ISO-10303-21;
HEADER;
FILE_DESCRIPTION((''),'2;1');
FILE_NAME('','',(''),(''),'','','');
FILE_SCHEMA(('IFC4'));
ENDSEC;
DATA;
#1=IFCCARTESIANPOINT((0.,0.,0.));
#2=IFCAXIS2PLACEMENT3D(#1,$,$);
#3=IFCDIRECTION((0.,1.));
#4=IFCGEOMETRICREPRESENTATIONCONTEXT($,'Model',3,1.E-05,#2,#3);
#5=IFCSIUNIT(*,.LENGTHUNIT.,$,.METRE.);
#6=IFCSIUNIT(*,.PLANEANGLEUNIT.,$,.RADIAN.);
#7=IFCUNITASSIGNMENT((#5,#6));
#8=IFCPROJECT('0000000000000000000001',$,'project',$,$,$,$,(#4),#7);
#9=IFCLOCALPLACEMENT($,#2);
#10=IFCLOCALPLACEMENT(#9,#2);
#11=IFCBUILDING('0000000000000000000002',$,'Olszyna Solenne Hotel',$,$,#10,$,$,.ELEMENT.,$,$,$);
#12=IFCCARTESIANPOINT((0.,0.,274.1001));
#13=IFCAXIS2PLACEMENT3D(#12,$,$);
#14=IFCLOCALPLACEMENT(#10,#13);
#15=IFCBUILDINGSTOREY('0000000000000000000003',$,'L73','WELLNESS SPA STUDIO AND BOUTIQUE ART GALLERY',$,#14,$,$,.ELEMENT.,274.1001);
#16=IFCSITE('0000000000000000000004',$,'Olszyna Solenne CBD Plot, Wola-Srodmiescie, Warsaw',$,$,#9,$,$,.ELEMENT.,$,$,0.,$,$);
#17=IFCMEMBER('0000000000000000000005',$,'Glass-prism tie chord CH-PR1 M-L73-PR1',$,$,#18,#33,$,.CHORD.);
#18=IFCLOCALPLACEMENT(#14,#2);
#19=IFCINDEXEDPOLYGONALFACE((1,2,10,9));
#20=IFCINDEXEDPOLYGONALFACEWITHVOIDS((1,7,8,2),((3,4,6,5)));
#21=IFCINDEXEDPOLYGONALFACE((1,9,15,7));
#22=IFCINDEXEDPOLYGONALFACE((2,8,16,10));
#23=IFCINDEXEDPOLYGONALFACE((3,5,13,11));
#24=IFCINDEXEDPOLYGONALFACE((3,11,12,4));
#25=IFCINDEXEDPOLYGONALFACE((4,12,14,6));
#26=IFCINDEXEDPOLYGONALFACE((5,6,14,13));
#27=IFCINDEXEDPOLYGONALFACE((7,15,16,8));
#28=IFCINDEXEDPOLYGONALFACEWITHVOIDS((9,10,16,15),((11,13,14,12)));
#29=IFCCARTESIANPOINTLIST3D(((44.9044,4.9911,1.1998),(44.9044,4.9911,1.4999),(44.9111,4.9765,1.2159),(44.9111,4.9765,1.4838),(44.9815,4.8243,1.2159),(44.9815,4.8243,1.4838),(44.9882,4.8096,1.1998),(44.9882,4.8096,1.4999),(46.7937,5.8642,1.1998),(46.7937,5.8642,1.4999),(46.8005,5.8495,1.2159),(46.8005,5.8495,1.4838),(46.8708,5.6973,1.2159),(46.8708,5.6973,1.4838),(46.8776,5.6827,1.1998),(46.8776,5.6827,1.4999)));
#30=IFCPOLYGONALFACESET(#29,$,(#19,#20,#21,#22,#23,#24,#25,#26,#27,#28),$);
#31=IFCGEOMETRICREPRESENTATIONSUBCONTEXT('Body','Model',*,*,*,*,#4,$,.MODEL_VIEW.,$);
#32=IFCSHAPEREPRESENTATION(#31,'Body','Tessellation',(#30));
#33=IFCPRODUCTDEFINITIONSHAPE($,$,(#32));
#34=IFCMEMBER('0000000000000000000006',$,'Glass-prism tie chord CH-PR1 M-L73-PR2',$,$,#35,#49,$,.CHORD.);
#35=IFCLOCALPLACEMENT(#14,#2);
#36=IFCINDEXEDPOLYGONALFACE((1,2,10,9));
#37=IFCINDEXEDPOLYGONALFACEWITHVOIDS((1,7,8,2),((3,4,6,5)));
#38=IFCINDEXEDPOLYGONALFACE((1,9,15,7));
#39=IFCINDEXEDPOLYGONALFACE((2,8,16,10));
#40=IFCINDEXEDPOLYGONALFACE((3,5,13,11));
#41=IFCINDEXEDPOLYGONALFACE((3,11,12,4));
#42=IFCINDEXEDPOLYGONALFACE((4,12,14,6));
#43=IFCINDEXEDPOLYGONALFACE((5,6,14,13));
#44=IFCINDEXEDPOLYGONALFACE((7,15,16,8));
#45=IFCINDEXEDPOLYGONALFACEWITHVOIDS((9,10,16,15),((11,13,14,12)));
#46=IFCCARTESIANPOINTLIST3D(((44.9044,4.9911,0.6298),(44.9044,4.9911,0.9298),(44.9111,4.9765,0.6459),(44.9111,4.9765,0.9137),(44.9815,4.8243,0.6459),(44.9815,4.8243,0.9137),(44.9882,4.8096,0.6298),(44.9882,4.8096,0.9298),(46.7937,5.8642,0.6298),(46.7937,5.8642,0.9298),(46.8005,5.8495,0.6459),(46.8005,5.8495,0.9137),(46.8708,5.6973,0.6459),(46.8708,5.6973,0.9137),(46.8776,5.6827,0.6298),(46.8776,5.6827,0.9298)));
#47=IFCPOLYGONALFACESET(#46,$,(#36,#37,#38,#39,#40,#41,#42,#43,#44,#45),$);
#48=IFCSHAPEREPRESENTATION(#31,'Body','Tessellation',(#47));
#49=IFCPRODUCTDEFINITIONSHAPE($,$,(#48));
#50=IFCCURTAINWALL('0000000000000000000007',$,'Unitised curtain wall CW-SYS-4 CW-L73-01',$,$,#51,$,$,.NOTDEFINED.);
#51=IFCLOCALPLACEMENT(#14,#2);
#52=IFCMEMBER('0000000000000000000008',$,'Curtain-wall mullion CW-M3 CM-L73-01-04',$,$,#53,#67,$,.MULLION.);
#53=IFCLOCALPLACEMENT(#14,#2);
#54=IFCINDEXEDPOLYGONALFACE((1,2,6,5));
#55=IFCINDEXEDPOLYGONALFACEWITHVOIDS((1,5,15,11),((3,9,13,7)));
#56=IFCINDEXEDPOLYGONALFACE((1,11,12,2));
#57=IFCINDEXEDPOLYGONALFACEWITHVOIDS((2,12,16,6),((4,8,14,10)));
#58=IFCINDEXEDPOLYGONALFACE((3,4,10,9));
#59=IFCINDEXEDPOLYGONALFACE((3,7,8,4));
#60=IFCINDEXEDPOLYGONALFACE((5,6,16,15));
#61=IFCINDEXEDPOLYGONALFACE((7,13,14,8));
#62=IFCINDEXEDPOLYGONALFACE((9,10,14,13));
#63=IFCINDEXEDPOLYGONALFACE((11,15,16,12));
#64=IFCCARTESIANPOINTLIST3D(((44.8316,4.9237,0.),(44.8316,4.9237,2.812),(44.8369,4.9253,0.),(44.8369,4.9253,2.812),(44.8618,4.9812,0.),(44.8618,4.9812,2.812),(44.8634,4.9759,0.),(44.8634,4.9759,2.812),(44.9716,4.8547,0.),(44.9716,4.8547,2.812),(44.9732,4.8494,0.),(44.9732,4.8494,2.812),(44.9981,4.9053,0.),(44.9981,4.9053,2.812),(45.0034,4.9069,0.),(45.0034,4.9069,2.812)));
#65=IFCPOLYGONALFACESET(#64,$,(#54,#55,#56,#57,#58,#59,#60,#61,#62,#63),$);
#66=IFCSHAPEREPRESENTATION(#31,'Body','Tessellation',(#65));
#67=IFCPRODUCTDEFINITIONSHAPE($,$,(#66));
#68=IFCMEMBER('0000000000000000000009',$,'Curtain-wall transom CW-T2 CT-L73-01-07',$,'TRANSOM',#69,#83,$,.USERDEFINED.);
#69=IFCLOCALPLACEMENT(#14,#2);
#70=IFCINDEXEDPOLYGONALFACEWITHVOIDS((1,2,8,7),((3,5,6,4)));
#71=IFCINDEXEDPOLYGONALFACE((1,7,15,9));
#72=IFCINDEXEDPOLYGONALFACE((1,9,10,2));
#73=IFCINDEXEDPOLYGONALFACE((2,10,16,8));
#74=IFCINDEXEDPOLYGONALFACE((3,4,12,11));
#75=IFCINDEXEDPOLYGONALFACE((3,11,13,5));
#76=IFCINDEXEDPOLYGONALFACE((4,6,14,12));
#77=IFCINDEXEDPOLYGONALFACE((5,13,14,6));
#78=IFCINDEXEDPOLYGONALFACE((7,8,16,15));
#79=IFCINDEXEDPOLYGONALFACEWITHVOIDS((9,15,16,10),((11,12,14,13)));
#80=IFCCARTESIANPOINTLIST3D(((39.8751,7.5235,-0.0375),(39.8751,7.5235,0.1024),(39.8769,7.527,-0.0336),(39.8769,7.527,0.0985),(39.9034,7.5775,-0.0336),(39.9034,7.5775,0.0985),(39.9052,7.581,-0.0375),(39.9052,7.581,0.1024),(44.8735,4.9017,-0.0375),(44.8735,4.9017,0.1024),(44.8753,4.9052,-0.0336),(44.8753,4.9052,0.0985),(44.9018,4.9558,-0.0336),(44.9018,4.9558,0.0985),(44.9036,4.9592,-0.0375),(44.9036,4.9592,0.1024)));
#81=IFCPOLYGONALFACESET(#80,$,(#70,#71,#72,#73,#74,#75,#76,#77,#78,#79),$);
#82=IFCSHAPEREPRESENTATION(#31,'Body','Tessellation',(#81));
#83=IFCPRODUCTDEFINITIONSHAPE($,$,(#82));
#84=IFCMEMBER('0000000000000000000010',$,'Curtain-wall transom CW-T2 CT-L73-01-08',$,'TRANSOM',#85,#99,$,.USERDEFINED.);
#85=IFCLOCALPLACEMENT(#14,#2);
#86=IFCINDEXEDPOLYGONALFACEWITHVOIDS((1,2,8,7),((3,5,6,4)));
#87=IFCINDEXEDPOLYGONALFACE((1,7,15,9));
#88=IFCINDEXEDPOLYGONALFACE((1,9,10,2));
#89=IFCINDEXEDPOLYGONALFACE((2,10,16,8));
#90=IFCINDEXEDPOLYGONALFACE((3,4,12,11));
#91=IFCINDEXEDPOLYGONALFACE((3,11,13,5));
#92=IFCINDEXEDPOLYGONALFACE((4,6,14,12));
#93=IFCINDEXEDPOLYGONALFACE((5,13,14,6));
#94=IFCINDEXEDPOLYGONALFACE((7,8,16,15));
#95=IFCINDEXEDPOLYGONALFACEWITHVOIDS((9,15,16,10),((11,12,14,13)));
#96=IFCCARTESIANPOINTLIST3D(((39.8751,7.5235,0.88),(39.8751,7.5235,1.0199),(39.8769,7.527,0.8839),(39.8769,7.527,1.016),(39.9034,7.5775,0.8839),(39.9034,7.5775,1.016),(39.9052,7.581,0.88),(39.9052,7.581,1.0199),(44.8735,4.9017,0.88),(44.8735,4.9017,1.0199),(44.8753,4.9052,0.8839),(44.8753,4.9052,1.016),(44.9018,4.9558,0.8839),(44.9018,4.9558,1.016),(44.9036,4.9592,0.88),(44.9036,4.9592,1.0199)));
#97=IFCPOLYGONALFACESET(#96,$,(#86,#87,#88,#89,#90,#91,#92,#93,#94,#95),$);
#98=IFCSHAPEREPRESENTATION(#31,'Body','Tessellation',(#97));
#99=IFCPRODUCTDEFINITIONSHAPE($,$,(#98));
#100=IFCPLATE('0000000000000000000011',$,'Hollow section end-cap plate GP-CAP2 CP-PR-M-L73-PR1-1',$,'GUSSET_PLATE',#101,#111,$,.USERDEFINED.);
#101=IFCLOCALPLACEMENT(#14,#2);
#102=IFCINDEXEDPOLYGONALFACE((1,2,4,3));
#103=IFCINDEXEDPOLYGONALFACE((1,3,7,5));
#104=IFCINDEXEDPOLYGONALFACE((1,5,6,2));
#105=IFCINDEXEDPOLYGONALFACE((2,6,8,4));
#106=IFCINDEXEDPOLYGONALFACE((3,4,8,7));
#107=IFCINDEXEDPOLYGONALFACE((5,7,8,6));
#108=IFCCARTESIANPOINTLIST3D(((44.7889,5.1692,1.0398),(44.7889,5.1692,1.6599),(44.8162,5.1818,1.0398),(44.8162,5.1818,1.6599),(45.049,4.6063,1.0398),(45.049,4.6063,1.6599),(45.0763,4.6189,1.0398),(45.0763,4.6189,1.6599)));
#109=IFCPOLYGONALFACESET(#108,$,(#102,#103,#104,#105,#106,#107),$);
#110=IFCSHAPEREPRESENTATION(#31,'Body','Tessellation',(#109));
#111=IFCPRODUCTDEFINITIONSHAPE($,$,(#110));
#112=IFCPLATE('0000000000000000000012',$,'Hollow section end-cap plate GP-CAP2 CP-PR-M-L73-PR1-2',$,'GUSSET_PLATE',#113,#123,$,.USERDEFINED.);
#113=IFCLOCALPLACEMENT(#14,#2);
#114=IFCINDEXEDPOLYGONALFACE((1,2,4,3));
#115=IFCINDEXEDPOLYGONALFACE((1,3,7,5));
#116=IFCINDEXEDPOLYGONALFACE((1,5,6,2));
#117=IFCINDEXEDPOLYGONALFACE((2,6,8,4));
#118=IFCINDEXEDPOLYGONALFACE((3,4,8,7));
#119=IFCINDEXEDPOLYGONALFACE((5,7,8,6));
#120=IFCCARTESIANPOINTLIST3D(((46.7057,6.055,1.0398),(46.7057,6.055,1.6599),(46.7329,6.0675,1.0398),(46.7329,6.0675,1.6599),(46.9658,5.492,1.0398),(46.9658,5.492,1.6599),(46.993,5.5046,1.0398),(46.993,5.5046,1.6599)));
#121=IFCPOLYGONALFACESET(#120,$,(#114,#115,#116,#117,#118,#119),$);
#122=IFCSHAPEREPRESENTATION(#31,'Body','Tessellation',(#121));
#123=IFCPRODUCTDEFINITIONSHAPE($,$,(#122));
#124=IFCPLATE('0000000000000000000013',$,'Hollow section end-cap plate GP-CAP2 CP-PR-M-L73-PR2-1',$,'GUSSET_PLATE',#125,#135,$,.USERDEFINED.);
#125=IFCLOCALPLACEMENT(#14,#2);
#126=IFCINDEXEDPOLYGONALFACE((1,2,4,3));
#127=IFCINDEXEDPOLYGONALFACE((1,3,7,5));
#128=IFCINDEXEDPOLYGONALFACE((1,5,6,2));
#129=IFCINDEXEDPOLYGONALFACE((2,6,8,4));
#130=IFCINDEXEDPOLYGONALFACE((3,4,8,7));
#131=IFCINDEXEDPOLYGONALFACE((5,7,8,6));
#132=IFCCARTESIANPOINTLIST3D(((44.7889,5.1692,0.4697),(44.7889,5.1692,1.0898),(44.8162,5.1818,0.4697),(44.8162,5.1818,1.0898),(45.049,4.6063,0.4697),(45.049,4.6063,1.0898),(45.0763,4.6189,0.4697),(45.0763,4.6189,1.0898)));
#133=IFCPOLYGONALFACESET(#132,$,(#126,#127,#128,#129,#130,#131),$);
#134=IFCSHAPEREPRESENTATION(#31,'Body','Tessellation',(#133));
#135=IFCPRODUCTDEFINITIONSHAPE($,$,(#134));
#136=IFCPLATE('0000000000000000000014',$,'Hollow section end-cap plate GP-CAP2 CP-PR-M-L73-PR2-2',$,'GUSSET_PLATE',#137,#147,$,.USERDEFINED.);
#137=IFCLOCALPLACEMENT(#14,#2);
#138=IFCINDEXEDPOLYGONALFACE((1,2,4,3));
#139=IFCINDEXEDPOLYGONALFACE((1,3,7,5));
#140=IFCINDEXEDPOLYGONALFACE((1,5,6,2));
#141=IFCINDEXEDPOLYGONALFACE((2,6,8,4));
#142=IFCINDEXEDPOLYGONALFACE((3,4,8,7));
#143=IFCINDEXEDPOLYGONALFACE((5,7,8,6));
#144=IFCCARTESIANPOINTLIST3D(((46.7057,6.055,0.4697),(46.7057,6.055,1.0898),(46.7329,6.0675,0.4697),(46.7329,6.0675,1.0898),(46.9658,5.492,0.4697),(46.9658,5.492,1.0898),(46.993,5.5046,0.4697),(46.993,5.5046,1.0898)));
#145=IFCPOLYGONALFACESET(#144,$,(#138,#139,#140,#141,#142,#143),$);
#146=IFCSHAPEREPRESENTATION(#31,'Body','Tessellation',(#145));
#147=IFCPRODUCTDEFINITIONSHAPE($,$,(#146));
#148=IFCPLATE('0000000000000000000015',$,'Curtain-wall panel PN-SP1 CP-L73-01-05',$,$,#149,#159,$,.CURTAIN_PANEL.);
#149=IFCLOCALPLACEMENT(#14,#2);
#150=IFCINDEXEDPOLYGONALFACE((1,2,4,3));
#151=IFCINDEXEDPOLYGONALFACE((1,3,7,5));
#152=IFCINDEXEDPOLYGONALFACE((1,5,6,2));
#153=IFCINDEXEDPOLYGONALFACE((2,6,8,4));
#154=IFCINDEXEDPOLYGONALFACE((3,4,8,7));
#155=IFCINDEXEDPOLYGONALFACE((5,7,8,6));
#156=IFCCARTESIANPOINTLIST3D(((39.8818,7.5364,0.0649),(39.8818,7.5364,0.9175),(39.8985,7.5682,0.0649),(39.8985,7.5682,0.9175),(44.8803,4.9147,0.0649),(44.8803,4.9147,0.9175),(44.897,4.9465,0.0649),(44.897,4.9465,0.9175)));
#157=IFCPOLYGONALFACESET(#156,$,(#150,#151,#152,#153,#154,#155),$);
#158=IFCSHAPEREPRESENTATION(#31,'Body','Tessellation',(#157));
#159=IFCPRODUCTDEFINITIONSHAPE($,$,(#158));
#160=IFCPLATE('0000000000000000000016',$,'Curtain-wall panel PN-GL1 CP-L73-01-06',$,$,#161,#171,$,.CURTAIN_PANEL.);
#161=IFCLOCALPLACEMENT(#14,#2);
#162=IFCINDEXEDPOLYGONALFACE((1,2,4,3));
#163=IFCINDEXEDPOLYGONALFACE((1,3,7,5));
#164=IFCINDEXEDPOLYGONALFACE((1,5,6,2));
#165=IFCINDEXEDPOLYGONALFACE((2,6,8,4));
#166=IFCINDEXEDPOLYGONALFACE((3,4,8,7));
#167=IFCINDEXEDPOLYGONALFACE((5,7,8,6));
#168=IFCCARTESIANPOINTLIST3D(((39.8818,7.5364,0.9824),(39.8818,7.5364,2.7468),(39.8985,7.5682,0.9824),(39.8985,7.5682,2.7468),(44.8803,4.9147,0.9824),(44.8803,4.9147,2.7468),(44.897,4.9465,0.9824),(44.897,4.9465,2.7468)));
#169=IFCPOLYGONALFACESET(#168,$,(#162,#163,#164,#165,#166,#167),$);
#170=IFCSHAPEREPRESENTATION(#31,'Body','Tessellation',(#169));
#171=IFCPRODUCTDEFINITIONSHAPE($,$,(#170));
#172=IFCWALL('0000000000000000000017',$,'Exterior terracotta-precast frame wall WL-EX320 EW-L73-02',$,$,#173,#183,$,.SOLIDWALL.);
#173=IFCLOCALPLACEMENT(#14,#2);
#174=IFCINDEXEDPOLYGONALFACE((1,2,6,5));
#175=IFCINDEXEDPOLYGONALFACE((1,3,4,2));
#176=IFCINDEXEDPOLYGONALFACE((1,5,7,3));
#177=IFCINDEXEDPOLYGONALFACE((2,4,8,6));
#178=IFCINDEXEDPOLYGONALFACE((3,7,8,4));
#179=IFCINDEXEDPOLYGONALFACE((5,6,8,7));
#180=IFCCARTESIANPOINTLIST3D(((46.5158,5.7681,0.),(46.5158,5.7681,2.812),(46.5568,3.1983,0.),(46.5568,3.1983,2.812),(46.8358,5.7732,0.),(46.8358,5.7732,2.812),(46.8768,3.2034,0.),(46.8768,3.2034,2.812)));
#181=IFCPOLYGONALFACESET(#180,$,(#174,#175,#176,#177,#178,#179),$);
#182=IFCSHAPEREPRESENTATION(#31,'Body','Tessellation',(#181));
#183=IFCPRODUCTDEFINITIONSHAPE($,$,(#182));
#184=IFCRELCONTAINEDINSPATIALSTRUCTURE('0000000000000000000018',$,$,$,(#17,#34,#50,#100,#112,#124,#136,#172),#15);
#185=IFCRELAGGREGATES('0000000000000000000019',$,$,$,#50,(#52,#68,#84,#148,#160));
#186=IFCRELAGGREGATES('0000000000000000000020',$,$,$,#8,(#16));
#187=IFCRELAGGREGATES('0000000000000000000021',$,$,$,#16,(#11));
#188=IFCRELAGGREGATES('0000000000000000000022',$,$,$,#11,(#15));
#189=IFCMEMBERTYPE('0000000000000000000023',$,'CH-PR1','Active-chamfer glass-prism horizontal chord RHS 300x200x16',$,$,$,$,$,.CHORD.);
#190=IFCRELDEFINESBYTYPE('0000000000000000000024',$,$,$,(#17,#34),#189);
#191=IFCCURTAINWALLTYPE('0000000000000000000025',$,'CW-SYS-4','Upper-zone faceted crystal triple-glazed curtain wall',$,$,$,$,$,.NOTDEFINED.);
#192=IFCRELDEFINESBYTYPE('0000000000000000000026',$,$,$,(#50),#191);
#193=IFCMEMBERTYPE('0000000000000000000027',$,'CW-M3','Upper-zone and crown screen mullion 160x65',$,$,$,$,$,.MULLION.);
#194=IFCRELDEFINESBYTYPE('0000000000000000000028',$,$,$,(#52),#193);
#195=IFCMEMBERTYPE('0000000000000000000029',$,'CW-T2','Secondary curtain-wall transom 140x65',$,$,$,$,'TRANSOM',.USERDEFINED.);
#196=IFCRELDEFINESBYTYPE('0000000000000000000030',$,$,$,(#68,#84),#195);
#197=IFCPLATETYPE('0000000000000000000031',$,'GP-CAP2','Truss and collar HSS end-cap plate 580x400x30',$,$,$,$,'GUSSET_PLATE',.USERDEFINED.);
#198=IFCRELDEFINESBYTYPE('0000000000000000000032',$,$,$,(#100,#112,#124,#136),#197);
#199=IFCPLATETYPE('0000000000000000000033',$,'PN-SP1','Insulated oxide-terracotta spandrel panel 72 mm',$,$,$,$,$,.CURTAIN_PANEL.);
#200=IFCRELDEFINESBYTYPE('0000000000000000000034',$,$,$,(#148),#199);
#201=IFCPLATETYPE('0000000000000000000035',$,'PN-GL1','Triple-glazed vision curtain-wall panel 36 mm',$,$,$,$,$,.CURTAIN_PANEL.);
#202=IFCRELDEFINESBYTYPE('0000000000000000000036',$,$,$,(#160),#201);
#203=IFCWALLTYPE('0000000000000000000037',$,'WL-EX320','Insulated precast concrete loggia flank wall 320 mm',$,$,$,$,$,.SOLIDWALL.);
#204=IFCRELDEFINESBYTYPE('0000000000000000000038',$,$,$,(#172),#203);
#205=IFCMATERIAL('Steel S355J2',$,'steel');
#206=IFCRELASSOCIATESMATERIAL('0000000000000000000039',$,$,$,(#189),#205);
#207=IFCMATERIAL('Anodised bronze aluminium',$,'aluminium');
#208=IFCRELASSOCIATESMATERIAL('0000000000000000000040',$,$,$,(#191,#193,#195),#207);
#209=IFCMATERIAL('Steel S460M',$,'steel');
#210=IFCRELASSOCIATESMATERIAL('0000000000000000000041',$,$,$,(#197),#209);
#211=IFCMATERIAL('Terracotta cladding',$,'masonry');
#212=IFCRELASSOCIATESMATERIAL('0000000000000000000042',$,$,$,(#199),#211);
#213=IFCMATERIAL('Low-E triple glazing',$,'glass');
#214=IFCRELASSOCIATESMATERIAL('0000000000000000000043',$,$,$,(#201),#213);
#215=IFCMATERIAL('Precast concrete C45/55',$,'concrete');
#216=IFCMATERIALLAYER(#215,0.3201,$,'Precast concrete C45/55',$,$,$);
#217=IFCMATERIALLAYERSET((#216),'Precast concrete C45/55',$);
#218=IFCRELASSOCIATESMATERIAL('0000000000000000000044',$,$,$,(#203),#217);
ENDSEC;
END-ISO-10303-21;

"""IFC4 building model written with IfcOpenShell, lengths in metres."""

from ifc_helpers import new_model, si_unit, direction, frame, frame_2d, origin, origin_2d, place, context, subcontext, project, spatial, rectangle, hollow_rectangle, extrude, source, transform, mapped, material, layer, layer_set, material_profile, profile_set, type_object, element, aggregate, save


model = new_model("IFC4")

# Units and contexts
model_context = context("Model", 3, precision=1e-05, world=origin(), true_north=direction((0.0, 1.0)))
body_context = subcontext(model_context, "Body", "Model", "MODEL_VIEW")
ifc_project = project(units=[si_unit("LENGTHUNIT", "METRE"), si_unit("PLANEANGLEUNIT", "RADIAN")], contexts=[model_context])

# Site, building, storey
site_placement = place(None, origin())
site = spatial("IfcSite", under=ifc_project, at=site_placement, Name="Olszyna Solenne CBD Plot, Wola-Srodmiescie, Warsaw", CompositionType="ELEMENT", RefElevation=0.0)
building_placement = place(site_placement, origin())
building = spatial("IfcBuilding", under=site, at=building_placement, Name="Olszyna Solenne Hotel", CompositionType="ELEMENT")
storey_placement = place(building_placement, frame((0.0, 0.0, 274.1001)))
storey = spatial("IfcBuildingStorey", under=building, at=storey_placement, Name="L73", Description="WELLNESS SPA STUDIO AND BOUTIQUE ART GALLERY", CompositionType="ELEMENT", Elevation=274.1001)

# Shared definitions
ifc_material_1 = material(Name="Steel S460M", Category="steel")

# Shared definitions
ifc_material_2 = material(Name="Steel S355J2", Category="steel")

# Members
ifc_material_profile_1 = material_profile(ifc_material_2, hollow_rectangle(XDim=0.2, YDim=0.3, WallThickness=0.0161, at=origin_2d()), Name="RHS 300x200x16", Category="load-bearing")
ifc_profile_set_1 = profile_set([ifc_material_profile_1], Name="Steel S355J2")
member_type_1 = type_object("IfcMemberType", Name="CH-PR1", Description="Active-chamfer glass-prism horizontal chord RHS 300x200x16", PredefinedType="CHORD", material=ifc_profile_set_1)
shared_shape_1 = source(origin(), body_context, "Body", "SweptSolid", [
    extrude(hollow_rectangle(XDim=0.2, YDim=0.3, WallThickness=0.0161, at=origin_2d()), origin(), (0.0, 0.0, 1.0), 2.0813),
])
for number, where, z_axis, x_axis, name in (
    (1, (44.9463, 4.9004, 1.3499), (0.907774, 0.41946, 0.0), (-0.41946, 0.907774, 0.0), "Glass-prism tie chord CH-PR1 M-L73-PR1"),
    (2, (44.9463, 4.9004, 0.7798), (0.907774, 0.41946, 0.0), (-0.41946, 0.907774, 0.0), "Glass-prism tie chord CH-PR1 M-L73-PR2"),
):
    element("IfcMember", number, at=place(storey_placement, frame(where, z_axis=z_axis, x_axis=x_axis)), inside=storey, type_object=member_type_1, Name=name, PredefinedType="CHORD", context=body_context, shape_type="MappedRepresentation", body=[
        mapped(shared_shape_1, transform((0.0, 0.0, 0.0), x_axis=(1.0, 0.0, 0.0), y_axis=(0.0, 1.0, 0.0), z_axis=(0.0, 0.0, 1.0), scale=1.0)),
    ])

# Curtain wall, members
ifc_material_3 = material(Name="Anodised bronze aluminium", Category="aluminium")
curtain_wall_type = type_object("IfcCurtainWallType", Name="CW-SYS-4", Description="Upper-zone faceted crystal triple-glazed curtain wall", PredefinedType="NOTDEFINED", material=ifc_material_3)
curtain_wall_placement = place(storey_placement, origin())
curtain_wall = element("IfcCurtainWall", 3, at=curtain_wall_placement, inside=storey, type_object=curtain_wall_type, Name="Unitised curtain wall CW-SYS-4 CW-L73-01", PredefinedType="NOTDEFINED")
ifc_material_profile_2 = material_profile(ifc_material_3, hollow_rectangle(XDim=0.0649, YDim=0.1599, WallThickness=0.0039, at=origin_2d()), Name="MULL 160x65x4", Category="load-bearing")
ifc_profile_set_2 = profile_set([ifc_material_profile_2], Name="Anodised bronze aluminium")
member_type_2 = type_object("IfcMemberType", Name="CW-M3", Description="Upper-zone and crown screen mullion 160x65", PredefinedType="MULLION", material=ifc_profile_set_2)
shared_shape_2 = source(origin(), body_context, "Body", "SweptSolid", [
    extrude(hollow_rectangle(XDim=0.0649, YDim=0.1599, WallThickness=0.0039, at=origin_2d()), origin(), (0.0, 0.0, 1.0), 2.812),
])
member_1_placement = place(storey_placement, frame((44.9175, 4.9153, 0.0), z_axis=(0.0, 0.0, 1.0), x_axis=(0.464494, 0.885576, 0.0)))
member_1 = element("IfcMember", 4, at=member_1_placement, type_object=member_type_2, Name="Curtain-wall mullion CW-M3 CM-L73-01-04", PredefinedType="MULLION", context=body_context, shape_type="MappedRepresentation", body=[
    mapped(shared_shape_2, transform((0.0, 0.0, 0.0), x_axis=(1.0, 0.0, 0.0), y_axis=(0.0, 1.0, 0.0), z_axis=(0.0, 0.0, 1.0), scale=1.0)),
])
ifc_material_profile_3 = material_profile(ifc_material_3, hollow_rectangle(XDim=0.0649, YDim=0.1399, WallThickness=0.0039, at=origin_2d()), Name="TRAN 140x65x4", Category="load-bearing")
ifc_profile_set_3 = profile_set([ifc_material_profile_3], Name="Anodised bronze aluminium")
member_type_3 = type_object("IfcMemberType", Name="CW-T2", Description="Secondary curtain-wall transom 140x65", ElementType="TRANSOM", PredefinedType="USERDEFINED", material=ifc_profile_set_3)
shared_shape_3 = source(origin(), body_context, "Body", "SweptSolid", [
    extrude(hollow_rectangle(XDim=0.0649, YDim=0.1399, WallThickness=0.0039, at=origin_2d()), origin(), (0.0, 0.0, 1.0), 5.6443),
])
member_2_placement = place(storey_placement, frame((39.8901, 7.5522, 0.0325), z_axis=(0.885573, -0.4645, 0.0), x_axis=(0.4645, 0.885573, 0.0)))
member_2 = element("IfcMember", 5, at=member_2_placement, type_object=member_type_3, Name="Curtain-wall transom CW-T2 CT-L73-01-07", ObjectType="TRANSOM", PredefinedType="USERDEFINED", context=body_context, shape_type="MappedRepresentation", body=[
    mapped(shared_shape_3, transform((0.0, 0.0, 0.0), x_axis=(1.0, 0.0, 0.0), y_axis=(0.0, 1.0, 0.0), z_axis=(0.0, 0.0, 1.0), scale=1.0)),
])
member_3_placement = place(storey_placement, frame((39.8901, 7.5522, 0.95), z_axis=(0.885573, -0.4645, 0.0), x_axis=(0.4645, 0.885573, 0.0)))
member_3 = element("IfcMember", 6, at=member_3_placement, type_object=member_type_3, Name="Curtain-wall transom CW-T2 CT-L73-01-08", ObjectType="TRANSOM", PredefinedType="USERDEFINED", context=body_context, shape_type="MappedRepresentation", body=[
    mapped(shared_shape_3, transform((0.0, 0.0, 0.0), x_axis=(1.0, 0.0, 0.0), y_axis=(0.0, 1.0, 0.0), z_axis=(0.0, 0.0, 1.0), scale=1.0)),
])

# Plates
plate_type_1 = type_object("IfcPlateType", Name="GP-CAP2", Description="Truss and collar HSS end-cap plate 580x400x30", ElementType="GUSSET_PLATE", PredefinedType="USERDEFINED", material=ifc_material_1)
shared_shape_4 = source(origin(), body_context, "Body", "SweptSolid", [
    extrude(rectangle(XDim=0.03, YDim=0.6201, at=origin_2d()), origin(), (0.0, 0.0, 1.0), 0.6201),
])
for number, where, z_axis, x_axis, name in (
    (7, (44.9326, 4.894, 1.0398), (0.0, 0.0, 1.0), (0.907777, 0.419452, 0.0), "Hollow section end-cap plate GP-CAP2 CP-PR-M-L73-PR1-1"),
    (8, (46.8494, 5.7798, 1.0398), (0.0, 0.0, 1.0), (0.907777, 0.419452, 0.0), "Hollow section end-cap plate GP-CAP2 CP-PR-M-L73-PR1-2"),
    (9, (44.9326, 4.894, 0.4697), (0.0, 0.0, 1.0), (0.907777, 0.419452, 0.0), "Hollow section end-cap plate GP-CAP2 CP-PR-M-L73-PR2-1"),
    (10, (46.8494, 5.7798, 0.4697), (0.0, 0.0, 1.0), (0.907777, 0.419452, 0.0), "Hollow section end-cap plate GP-CAP2 CP-PR-M-L73-PR2-2"),
):
    element("IfcPlate", number, at=place(storey_placement, frame(where, z_axis=z_axis, x_axis=x_axis)), inside=storey, type_object=plate_type_1, Name=name, ObjectType="GUSSET_PLATE", PredefinedType="USERDEFINED", context=body_context, shape_type="MappedRepresentation", body=[
        mapped(shared_shape_4, transform((0.0, 0.0, 0.0), x_axis=(1.0, 0.0, 0.0), y_axis=(0.0, 1.0, 0.0), z_axis=(0.0, 0.0, 1.0), scale=1.0)),
    ])

# Plates
ifc_material_4 = material(Name="Terracotta cladding", Category="masonry")
plate_type_2 = type_object("IfcPlateType", Name="PN-SP1", Description="Insulated oxide-terracotta spandrel panel 72 mm", PredefinedType="CURTAIN_PANEL", material=ifc_material_4)
shared_shape_5 = source(origin(), body_context, "Body", "SweptSolid", [
    extrude(rectangle(XDim=5.6443, YDim=0.0359, at=origin_2d()), origin(), (0.0, 0.0, 1.0), 0.8525),
])
plate_1_placement = place(storey_placement, frame((42.3894, 6.2415, 0.0649), z_axis=(0.0, 0.0, 1.0), x_axis=(0.885576, -0.464494, 0.0)))
plate_1 = element("IfcPlate", 11, at=plate_1_placement, type_object=plate_type_2, Name="Curtain-wall panel PN-SP1 CP-L73-01-05", PredefinedType="CURTAIN_PANEL", context=body_context, shape_type="MappedRepresentation", body=[
    mapped(shared_shape_5, transform((0.0, 0.0, 0.0), x_axis=(1.0, 0.0, 0.0), y_axis=(0.0, 1.0, 0.0), z_axis=(0.0, 0.0, 1.0), scale=1.0)),
])
ifc_material_5 = material(Name="Low-E triple glazing", Category="glass")
plate_type_3 = type_object("IfcPlateType", Name="PN-GL1", Description="Triple-glazed vision curtain-wall panel 36 mm", PredefinedType="CURTAIN_PANEL", material=ifc_material_5)
shared_shape_6 = source(origin(), body_context, "Body", "SweptSolid", [
    extrude(rectangle(XDim=5.6443, YDim=0.0359, at=origin_2d()), origin(), (0.0, 0.0, 1.0), 1.7644),
])
plate_2_placement = place(storey_placement, frame((42.3894, 6.2415, 0.9824), z_axis=(0.0, 0.0, 1.0), x_axis=(0.885576, -0.464494, 0.0)))
plate_2 = element("IfcPlate", 12, at=plate_2_placement, type_object=plate_type_3, Name="Curtain-wall panel PN-GL1 CP-L73-01-06", PredefinedType="CURTAIN_PANEL", context=body_context, shape_type="MappedRepresentation", body=[
    mapped(shared_shape_6, transform((0.0, 0.0, 0.0), x_axis=(1.0, 0.0, 0.0), y_axis=(0.0, 1.0, 0.0), z_axis=(0.0, 0.0, 1.0), scale=1.0)),
])
aggregate(curtain_wall, [member_1, member_2, member_3, plate_1, plate_2])

# Wall
ifc_material_6 = material(Name="Precast concrete C45/55", Category="concrete")
ifc_layer = layer(ifc_material_6, 0.3201, Name="Precast concrete C45/55")
ifc_layer_set = layer_set([ifc_layer], Name="Precast concrete C45/55")
wall_type = type_object("IfcWallType", Name="WL-EX320", Description="Insulated precast concrete loggia flank wall 320 mm", PredefinedType="SOLIDWALL", material=ifc_layer_set)
for number, where, z_axis, x_axis, name in (
    (13, (46.6758, 5.7708, 0.0), (0.0, 0.0, 1.0), (0.015958, -0.999873, 0.0), "Exterior terracotta-precast frame wall WL-EX320 EW-L73-02"),
):
    element("IfcWall", number, at=place(storey_placement, frame(where, z_axis=z_axis, x_axis=x_axis)), inside=storey, type_object=wall_type, Name=name, PredefinedType="SOLIDWALL", context=body_context, shape_type="SweptSolid", body=[
        extrude(rectangle(XDim=2.5701, YDim=0.3201, at=frame_2d((1.2852, 0.0))), origin(), (0.0, 0.0, 1.0), 2.812),
    ])

save(model, "model.ifc")
